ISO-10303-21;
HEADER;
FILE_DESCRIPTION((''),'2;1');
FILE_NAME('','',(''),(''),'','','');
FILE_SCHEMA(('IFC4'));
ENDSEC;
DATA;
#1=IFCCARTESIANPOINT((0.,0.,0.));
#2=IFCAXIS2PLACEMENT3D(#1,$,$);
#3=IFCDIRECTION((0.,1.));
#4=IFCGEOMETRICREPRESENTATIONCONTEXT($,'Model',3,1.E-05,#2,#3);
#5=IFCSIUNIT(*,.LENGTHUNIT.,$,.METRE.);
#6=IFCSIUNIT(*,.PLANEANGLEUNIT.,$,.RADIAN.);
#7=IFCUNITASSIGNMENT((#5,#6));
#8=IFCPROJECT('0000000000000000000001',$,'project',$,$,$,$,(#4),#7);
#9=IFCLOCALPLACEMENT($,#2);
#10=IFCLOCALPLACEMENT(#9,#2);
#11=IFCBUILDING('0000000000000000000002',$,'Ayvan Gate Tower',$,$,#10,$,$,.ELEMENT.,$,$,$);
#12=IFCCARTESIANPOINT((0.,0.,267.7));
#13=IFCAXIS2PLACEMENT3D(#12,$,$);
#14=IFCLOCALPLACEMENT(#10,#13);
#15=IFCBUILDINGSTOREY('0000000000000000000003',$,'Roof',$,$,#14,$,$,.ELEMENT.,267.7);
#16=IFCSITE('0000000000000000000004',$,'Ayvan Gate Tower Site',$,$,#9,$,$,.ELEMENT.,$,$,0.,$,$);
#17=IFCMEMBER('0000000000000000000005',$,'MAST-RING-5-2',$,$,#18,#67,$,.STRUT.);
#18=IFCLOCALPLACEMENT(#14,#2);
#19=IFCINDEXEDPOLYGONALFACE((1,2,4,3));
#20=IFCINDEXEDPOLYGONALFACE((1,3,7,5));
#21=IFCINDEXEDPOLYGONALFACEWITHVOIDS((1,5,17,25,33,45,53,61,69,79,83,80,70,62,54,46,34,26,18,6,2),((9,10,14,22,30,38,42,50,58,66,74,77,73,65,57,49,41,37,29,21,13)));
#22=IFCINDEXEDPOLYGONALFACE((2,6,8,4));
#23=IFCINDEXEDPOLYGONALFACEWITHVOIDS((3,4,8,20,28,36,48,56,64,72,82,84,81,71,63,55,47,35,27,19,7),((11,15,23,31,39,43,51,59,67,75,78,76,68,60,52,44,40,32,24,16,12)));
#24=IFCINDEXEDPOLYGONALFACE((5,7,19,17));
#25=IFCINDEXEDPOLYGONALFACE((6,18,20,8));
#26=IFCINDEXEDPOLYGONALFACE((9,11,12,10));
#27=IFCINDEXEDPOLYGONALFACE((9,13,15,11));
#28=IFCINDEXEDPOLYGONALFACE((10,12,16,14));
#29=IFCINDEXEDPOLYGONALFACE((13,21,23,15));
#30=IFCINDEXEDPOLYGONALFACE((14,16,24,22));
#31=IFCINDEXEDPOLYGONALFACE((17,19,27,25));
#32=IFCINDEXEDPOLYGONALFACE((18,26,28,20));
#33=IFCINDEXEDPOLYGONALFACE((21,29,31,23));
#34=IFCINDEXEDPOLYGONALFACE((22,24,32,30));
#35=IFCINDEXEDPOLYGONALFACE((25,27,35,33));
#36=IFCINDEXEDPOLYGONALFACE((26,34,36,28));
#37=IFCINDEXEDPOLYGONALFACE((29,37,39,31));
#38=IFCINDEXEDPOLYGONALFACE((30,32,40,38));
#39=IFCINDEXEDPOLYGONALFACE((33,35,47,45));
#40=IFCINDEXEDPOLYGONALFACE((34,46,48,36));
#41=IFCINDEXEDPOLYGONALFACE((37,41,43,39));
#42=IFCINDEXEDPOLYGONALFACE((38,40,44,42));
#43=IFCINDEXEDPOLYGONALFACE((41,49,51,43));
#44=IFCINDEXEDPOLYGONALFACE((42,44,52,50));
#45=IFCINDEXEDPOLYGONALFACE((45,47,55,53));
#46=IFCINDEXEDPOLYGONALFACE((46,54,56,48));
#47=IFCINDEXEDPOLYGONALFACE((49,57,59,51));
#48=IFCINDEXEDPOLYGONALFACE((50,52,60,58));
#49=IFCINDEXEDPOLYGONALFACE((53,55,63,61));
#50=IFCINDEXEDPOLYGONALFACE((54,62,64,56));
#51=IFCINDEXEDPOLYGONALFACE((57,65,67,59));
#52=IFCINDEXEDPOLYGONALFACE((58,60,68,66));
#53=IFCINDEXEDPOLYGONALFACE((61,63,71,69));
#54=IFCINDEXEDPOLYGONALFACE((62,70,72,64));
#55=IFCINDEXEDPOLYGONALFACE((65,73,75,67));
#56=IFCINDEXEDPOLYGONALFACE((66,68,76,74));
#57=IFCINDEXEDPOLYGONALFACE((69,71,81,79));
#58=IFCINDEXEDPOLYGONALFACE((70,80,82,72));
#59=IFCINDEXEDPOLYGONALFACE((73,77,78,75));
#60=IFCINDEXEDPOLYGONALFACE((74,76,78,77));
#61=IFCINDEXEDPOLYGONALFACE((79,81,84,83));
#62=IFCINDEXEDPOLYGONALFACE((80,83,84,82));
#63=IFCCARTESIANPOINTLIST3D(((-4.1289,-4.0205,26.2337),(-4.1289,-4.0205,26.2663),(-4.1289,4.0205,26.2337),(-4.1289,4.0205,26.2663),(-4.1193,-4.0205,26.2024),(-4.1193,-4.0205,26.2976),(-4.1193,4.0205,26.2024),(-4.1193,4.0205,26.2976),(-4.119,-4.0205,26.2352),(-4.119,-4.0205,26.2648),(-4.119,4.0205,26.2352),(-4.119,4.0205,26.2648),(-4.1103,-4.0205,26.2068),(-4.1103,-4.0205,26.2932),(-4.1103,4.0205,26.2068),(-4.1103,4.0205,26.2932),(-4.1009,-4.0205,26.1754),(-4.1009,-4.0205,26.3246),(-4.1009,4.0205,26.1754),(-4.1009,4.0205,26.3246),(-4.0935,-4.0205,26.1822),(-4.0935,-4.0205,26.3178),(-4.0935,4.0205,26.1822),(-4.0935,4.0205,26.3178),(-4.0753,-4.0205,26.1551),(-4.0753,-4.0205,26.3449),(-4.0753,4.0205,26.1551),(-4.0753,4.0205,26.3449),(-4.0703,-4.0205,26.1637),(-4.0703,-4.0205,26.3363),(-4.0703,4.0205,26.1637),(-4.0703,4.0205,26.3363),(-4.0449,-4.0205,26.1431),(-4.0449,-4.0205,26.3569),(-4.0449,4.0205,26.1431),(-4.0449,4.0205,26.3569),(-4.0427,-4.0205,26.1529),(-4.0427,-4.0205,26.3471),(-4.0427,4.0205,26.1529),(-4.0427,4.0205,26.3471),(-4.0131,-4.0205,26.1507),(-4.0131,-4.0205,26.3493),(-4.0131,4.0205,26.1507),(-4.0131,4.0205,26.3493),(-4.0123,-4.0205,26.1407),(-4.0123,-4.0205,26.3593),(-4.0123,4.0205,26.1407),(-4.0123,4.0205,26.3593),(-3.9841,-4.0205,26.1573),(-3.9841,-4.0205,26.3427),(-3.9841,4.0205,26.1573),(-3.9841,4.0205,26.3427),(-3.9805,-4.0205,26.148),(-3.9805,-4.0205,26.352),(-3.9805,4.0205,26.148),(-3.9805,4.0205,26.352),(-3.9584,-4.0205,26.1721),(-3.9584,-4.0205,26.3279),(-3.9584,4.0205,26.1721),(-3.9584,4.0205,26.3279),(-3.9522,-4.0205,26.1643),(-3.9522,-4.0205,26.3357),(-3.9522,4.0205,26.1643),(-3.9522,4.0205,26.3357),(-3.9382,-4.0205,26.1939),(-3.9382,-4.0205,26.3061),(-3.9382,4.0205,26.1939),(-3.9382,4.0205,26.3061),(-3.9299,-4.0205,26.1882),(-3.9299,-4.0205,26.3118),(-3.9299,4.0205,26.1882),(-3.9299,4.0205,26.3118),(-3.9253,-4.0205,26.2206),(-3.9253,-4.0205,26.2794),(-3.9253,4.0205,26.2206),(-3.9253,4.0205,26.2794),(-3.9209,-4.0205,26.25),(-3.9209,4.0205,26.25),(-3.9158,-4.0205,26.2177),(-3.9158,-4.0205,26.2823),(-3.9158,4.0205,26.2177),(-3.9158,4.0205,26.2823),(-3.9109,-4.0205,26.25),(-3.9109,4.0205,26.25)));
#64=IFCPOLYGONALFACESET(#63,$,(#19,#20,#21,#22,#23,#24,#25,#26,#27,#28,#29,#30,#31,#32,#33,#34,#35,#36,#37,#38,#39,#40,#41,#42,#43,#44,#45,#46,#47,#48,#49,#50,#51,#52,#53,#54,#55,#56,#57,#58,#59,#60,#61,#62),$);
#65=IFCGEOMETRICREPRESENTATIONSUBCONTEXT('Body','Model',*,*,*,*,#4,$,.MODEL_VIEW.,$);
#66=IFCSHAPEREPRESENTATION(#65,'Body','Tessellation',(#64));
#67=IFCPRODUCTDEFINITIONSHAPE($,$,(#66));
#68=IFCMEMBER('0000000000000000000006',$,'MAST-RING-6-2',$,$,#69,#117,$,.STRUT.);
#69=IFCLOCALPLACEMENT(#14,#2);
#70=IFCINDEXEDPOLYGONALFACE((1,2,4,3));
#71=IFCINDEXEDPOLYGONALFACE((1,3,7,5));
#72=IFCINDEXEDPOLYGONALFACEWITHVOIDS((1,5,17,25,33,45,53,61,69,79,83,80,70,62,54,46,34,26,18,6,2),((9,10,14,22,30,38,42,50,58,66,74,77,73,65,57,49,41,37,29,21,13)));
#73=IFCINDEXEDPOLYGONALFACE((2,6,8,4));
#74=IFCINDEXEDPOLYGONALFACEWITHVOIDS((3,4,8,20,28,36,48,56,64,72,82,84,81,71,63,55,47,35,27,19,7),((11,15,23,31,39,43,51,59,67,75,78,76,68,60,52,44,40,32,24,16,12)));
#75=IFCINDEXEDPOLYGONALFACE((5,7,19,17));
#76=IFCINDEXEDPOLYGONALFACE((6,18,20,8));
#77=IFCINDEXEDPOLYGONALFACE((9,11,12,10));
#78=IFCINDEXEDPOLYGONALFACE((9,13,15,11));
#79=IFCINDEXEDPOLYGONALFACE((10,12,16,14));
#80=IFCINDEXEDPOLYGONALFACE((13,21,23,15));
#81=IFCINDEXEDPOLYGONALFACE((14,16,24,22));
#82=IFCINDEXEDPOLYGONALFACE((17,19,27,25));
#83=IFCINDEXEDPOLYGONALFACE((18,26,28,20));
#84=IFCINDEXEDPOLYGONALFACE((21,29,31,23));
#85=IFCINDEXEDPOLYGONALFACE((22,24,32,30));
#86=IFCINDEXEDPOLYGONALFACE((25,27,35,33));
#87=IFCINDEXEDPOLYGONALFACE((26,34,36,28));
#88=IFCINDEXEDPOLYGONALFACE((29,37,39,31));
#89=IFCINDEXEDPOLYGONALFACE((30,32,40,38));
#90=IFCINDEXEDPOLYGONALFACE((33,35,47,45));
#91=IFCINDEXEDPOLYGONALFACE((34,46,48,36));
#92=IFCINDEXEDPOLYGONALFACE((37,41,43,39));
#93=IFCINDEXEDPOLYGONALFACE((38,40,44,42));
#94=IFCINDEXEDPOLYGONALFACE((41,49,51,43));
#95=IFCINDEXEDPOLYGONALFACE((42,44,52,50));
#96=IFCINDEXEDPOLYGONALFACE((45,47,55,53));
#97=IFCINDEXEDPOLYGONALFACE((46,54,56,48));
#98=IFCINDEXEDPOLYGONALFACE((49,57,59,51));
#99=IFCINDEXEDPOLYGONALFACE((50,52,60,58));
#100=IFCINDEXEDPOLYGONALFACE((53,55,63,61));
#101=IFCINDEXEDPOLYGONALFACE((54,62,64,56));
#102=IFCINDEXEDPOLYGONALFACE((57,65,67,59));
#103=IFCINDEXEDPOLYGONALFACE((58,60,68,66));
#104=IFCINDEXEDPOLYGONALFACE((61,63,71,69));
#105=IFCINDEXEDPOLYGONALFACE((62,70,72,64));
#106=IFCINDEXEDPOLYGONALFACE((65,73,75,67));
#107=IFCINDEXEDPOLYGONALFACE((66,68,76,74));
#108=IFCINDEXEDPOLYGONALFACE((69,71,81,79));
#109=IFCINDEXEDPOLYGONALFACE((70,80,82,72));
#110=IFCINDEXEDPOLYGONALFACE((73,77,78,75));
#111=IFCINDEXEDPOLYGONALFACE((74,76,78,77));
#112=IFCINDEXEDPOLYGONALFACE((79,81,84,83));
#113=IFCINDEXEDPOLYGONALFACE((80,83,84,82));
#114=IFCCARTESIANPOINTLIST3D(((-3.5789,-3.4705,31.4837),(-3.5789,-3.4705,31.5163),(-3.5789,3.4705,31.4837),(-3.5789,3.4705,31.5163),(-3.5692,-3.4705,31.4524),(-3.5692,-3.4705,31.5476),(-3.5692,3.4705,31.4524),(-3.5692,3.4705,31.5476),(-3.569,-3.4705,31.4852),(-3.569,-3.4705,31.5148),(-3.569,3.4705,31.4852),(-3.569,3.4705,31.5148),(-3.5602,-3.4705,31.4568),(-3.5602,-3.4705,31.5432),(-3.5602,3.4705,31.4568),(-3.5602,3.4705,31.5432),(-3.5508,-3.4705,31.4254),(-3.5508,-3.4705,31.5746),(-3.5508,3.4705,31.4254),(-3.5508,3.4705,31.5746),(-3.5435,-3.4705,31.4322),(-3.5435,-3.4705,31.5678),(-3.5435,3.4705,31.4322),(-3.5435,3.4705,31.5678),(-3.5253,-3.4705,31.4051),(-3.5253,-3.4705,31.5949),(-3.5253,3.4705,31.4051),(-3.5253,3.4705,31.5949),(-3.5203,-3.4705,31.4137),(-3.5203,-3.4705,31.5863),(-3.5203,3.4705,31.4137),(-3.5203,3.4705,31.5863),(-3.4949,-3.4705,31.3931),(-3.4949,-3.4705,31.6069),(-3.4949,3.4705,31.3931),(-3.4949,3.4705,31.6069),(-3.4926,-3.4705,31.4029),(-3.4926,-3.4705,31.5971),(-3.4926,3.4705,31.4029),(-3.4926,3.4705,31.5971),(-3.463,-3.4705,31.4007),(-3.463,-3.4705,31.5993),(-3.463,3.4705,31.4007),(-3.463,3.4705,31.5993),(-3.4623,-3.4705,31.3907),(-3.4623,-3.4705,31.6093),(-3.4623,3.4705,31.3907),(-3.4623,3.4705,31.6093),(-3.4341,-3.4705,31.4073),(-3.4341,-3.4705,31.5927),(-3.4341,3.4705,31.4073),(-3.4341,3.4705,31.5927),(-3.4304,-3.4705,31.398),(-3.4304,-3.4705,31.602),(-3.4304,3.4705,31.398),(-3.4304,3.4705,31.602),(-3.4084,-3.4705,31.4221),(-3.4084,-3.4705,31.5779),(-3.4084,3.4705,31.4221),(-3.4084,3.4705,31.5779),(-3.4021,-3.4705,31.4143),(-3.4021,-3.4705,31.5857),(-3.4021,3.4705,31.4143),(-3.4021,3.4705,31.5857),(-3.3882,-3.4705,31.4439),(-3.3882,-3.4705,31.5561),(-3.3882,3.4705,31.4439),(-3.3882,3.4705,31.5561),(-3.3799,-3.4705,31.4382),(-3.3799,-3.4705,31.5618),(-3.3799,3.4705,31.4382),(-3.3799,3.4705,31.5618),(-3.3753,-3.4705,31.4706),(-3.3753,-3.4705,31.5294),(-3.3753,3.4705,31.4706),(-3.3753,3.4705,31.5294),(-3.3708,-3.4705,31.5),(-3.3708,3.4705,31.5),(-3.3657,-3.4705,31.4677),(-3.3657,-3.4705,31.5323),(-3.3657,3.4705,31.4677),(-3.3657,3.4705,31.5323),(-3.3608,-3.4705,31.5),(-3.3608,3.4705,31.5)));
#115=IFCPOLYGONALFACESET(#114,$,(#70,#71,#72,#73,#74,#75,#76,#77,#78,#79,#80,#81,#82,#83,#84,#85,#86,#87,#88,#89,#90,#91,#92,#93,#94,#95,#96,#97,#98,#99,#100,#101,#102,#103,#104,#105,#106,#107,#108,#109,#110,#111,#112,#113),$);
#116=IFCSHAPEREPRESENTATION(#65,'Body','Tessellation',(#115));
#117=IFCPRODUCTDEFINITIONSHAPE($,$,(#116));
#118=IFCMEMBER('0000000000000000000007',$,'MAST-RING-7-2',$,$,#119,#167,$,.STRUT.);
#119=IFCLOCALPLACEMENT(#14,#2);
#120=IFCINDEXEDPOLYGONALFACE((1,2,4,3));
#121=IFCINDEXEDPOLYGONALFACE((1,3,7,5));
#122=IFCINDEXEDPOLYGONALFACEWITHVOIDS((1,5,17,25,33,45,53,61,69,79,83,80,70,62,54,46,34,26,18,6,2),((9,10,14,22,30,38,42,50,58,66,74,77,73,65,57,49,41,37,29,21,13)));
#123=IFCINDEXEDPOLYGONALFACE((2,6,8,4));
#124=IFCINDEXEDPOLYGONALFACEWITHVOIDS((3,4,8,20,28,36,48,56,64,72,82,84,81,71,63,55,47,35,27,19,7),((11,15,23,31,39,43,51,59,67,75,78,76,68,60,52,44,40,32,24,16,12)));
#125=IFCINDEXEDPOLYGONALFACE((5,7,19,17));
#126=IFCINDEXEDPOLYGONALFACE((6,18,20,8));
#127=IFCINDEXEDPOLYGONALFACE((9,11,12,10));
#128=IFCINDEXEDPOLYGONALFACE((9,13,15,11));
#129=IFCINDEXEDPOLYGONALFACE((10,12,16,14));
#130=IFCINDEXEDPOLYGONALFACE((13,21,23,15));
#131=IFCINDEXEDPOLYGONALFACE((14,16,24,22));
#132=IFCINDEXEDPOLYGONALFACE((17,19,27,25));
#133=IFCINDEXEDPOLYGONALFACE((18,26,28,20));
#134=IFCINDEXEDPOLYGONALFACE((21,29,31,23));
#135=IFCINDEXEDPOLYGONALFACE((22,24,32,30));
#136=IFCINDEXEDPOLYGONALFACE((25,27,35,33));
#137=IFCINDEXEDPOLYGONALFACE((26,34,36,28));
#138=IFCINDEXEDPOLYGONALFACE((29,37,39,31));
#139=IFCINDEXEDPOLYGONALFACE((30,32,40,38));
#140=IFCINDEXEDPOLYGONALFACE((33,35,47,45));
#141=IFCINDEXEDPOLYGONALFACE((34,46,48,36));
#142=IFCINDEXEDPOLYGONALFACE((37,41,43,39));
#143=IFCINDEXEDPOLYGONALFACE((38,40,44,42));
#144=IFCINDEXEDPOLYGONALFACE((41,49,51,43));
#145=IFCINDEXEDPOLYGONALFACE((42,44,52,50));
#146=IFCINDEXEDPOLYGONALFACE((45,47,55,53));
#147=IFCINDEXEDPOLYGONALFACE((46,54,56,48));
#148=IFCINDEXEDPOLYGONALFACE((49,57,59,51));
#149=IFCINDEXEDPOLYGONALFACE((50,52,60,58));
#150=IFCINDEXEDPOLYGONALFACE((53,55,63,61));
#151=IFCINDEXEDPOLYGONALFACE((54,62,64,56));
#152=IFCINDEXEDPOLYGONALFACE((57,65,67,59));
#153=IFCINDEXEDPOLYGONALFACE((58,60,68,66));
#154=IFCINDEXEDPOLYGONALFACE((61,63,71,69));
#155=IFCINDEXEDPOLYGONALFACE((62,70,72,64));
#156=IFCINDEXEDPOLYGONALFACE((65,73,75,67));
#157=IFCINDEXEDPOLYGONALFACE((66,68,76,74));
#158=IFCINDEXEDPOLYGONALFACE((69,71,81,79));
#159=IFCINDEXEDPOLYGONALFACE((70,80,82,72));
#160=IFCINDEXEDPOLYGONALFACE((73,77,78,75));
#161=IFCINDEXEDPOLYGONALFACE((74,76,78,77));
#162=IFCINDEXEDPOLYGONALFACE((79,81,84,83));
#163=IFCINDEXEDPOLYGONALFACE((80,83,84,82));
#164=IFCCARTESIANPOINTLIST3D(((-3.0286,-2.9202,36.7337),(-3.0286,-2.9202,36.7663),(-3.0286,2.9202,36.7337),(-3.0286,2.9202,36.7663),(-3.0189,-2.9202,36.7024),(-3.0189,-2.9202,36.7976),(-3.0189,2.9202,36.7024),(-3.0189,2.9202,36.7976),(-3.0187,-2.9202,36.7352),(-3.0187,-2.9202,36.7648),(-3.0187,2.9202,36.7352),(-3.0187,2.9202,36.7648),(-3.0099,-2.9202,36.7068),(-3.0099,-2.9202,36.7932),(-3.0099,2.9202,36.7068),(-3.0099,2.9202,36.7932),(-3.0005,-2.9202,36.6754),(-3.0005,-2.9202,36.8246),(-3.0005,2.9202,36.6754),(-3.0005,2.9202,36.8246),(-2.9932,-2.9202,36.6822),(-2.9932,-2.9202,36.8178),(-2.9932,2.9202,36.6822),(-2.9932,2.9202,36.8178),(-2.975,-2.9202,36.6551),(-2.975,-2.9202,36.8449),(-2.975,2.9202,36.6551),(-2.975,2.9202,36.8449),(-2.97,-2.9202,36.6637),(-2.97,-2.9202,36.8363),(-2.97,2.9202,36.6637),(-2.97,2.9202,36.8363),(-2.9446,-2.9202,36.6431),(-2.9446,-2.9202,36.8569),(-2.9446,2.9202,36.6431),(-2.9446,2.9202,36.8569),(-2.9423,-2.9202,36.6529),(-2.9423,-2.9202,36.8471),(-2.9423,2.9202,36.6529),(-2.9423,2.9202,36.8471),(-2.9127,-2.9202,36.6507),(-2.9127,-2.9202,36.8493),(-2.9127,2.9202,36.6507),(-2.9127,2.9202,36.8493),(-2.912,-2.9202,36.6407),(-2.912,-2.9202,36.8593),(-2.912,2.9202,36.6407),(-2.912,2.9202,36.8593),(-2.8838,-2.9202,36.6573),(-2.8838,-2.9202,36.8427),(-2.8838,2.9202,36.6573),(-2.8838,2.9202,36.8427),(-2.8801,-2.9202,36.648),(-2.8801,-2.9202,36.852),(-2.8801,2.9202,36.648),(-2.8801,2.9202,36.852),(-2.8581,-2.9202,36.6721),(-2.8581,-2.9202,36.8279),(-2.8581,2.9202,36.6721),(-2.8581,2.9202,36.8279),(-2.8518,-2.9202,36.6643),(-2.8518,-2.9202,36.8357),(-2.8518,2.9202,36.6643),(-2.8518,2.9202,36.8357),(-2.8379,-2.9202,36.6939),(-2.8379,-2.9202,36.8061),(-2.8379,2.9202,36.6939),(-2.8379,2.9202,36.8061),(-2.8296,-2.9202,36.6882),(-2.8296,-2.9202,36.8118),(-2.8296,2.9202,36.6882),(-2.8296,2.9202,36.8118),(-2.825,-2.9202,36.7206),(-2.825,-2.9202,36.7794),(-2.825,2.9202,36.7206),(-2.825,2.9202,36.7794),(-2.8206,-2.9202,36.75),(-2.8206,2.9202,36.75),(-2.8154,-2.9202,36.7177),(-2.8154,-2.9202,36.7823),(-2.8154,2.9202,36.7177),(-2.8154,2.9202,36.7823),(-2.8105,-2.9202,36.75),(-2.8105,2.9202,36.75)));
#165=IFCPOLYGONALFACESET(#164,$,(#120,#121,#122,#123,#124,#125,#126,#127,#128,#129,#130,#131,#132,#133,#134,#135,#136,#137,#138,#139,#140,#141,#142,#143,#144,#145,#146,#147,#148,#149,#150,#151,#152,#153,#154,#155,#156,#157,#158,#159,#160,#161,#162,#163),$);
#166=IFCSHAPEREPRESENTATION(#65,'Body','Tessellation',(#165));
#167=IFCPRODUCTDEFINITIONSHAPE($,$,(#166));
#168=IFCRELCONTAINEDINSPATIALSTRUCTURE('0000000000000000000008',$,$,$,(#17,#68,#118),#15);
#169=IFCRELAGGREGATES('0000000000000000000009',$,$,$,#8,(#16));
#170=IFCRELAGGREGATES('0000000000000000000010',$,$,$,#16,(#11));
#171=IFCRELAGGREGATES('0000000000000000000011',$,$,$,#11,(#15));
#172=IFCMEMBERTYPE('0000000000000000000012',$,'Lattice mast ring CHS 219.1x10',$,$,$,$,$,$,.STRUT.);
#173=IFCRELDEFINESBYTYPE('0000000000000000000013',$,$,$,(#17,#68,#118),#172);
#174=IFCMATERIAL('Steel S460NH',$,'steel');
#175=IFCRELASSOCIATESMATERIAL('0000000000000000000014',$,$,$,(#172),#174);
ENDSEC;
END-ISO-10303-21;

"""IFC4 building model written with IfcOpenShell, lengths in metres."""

from ifc_helpers import new_model, si_unit, direction, frame, origin, origin_2d, place, context, subcontext, project, spatial, hollow_circle, extrude, material, material_profile, profile_set, type_object, element, save


model = new_model("IFC4")

# Units and contexts
model_context = context("Model", 3, precision=1e-05, world=origin(), true_north=direction((0.0, 1.0)))
body_context = subcontext(model_context, "Body", "Model", "MODEL_VIEW")
ifc_project = project(units=[si_unit("LENGTHUNIT", "METRE"), si_unit("PLANEANGLEUNIT", "RADIAN")], contexts=[model_context])

# Site, building, storey
site_placement = place(None, origin())
site = spatial("IfcSite", under=ifc_project, at=site_placement, Name="Ayvan Gate Tower Site", CompositionType="ELEMENT", RefElevation=0.0)
building_placement = place(site_placement, origin())
building = spatial("IfcBuilding", under=site, at=building_placement, Name="Ayvan Gate Tower", CompositionType="ELEMENT")
storey_placement = place(building_placement, frame((0.0, 0.0, 267.7)))
storey = spatial("IfcBuildingStorey", under=building, at=storey_placement, Name="Roof", CompositionType="ELEMENT", Elevation=267.7)

# Members
ifc_material_1 = material(Name="Steel S460NH", Category="steel")
ifc_material_profile_1 = material_profile(ifc_material_1, hollow_circle(Radius=0.1096, WallThickness=0.01, at=origin_2d()), Name="CHS 219.1x10")
ifc_profile_set_1 = profile_set([ifc_material_profile_1], Name="Steel S460NH")
member_type_1 = type_object("IfcMemberType", Name="Lattice mast ring CHS 219.1x10", PredefinedType="STRUT", material=ifc_profile_set_1)
member_1_placement = place(storey_placement, frame((-4.0205, 4.0205, 26.25), z_axis=(0.0, -1.0, 0.0), x_axis=(1.0, 0.0, 0.0)))
element("IfcMember", 1, at=member_1_placement, inside=storey, type_object=member_type_1, Name="MAST-RING-5-2", PredefinedType="STRUT", context=body_context, shape_type="SweptSolid", body=[
    extrude(hollow_circle(Radius=0.1096, WallThickness=0.01, at=origin_2d()), origin(), (0.0, 0.0, 1.0), 8.041),
])
member_2_placement = place(storey_placement, frame((-3.4705, 3.4705, 31.5), z_axis=(0.0, -1.0, 0.0), x_axis=(1.0, 0.0, 0.0)))
element("IfcMember", 2, at=member_2_placement, inside=storey, type_object=member_type_1, Name="MAST-RING-6-2", PredefinedType="STRUT", context=body_context, shape_type="SweptSolid", body=[
    extrude(hollow_circle(Radius=0.1096, WallThickness=0.01, at=origin_2d()), origin(), (0.0, 0.0, 1.0), 6.9409),
])
member_3_placement = place(storey_placement, frame((-2.9202, 2.9202, 36.75), z_axis=(0.0, -1.0, 0.0), x_axis=(1.0, 0.0, 0.0)))
element("IfcMember", 3, at=member_3_placement, inside=storey, type_object=member_type_1, Name="MAST-RING-7-2", PredefinedType="STRUT", context=body_context, shape_type="SweptSolid", body=[
    extrude(hollow_circle(Radius=0.1096, WallThickness=0.01, at=origin_2d()), origin(), (0.0, 0.0, 1.0), 5.8403),
])

save(model, "model.ifc")
